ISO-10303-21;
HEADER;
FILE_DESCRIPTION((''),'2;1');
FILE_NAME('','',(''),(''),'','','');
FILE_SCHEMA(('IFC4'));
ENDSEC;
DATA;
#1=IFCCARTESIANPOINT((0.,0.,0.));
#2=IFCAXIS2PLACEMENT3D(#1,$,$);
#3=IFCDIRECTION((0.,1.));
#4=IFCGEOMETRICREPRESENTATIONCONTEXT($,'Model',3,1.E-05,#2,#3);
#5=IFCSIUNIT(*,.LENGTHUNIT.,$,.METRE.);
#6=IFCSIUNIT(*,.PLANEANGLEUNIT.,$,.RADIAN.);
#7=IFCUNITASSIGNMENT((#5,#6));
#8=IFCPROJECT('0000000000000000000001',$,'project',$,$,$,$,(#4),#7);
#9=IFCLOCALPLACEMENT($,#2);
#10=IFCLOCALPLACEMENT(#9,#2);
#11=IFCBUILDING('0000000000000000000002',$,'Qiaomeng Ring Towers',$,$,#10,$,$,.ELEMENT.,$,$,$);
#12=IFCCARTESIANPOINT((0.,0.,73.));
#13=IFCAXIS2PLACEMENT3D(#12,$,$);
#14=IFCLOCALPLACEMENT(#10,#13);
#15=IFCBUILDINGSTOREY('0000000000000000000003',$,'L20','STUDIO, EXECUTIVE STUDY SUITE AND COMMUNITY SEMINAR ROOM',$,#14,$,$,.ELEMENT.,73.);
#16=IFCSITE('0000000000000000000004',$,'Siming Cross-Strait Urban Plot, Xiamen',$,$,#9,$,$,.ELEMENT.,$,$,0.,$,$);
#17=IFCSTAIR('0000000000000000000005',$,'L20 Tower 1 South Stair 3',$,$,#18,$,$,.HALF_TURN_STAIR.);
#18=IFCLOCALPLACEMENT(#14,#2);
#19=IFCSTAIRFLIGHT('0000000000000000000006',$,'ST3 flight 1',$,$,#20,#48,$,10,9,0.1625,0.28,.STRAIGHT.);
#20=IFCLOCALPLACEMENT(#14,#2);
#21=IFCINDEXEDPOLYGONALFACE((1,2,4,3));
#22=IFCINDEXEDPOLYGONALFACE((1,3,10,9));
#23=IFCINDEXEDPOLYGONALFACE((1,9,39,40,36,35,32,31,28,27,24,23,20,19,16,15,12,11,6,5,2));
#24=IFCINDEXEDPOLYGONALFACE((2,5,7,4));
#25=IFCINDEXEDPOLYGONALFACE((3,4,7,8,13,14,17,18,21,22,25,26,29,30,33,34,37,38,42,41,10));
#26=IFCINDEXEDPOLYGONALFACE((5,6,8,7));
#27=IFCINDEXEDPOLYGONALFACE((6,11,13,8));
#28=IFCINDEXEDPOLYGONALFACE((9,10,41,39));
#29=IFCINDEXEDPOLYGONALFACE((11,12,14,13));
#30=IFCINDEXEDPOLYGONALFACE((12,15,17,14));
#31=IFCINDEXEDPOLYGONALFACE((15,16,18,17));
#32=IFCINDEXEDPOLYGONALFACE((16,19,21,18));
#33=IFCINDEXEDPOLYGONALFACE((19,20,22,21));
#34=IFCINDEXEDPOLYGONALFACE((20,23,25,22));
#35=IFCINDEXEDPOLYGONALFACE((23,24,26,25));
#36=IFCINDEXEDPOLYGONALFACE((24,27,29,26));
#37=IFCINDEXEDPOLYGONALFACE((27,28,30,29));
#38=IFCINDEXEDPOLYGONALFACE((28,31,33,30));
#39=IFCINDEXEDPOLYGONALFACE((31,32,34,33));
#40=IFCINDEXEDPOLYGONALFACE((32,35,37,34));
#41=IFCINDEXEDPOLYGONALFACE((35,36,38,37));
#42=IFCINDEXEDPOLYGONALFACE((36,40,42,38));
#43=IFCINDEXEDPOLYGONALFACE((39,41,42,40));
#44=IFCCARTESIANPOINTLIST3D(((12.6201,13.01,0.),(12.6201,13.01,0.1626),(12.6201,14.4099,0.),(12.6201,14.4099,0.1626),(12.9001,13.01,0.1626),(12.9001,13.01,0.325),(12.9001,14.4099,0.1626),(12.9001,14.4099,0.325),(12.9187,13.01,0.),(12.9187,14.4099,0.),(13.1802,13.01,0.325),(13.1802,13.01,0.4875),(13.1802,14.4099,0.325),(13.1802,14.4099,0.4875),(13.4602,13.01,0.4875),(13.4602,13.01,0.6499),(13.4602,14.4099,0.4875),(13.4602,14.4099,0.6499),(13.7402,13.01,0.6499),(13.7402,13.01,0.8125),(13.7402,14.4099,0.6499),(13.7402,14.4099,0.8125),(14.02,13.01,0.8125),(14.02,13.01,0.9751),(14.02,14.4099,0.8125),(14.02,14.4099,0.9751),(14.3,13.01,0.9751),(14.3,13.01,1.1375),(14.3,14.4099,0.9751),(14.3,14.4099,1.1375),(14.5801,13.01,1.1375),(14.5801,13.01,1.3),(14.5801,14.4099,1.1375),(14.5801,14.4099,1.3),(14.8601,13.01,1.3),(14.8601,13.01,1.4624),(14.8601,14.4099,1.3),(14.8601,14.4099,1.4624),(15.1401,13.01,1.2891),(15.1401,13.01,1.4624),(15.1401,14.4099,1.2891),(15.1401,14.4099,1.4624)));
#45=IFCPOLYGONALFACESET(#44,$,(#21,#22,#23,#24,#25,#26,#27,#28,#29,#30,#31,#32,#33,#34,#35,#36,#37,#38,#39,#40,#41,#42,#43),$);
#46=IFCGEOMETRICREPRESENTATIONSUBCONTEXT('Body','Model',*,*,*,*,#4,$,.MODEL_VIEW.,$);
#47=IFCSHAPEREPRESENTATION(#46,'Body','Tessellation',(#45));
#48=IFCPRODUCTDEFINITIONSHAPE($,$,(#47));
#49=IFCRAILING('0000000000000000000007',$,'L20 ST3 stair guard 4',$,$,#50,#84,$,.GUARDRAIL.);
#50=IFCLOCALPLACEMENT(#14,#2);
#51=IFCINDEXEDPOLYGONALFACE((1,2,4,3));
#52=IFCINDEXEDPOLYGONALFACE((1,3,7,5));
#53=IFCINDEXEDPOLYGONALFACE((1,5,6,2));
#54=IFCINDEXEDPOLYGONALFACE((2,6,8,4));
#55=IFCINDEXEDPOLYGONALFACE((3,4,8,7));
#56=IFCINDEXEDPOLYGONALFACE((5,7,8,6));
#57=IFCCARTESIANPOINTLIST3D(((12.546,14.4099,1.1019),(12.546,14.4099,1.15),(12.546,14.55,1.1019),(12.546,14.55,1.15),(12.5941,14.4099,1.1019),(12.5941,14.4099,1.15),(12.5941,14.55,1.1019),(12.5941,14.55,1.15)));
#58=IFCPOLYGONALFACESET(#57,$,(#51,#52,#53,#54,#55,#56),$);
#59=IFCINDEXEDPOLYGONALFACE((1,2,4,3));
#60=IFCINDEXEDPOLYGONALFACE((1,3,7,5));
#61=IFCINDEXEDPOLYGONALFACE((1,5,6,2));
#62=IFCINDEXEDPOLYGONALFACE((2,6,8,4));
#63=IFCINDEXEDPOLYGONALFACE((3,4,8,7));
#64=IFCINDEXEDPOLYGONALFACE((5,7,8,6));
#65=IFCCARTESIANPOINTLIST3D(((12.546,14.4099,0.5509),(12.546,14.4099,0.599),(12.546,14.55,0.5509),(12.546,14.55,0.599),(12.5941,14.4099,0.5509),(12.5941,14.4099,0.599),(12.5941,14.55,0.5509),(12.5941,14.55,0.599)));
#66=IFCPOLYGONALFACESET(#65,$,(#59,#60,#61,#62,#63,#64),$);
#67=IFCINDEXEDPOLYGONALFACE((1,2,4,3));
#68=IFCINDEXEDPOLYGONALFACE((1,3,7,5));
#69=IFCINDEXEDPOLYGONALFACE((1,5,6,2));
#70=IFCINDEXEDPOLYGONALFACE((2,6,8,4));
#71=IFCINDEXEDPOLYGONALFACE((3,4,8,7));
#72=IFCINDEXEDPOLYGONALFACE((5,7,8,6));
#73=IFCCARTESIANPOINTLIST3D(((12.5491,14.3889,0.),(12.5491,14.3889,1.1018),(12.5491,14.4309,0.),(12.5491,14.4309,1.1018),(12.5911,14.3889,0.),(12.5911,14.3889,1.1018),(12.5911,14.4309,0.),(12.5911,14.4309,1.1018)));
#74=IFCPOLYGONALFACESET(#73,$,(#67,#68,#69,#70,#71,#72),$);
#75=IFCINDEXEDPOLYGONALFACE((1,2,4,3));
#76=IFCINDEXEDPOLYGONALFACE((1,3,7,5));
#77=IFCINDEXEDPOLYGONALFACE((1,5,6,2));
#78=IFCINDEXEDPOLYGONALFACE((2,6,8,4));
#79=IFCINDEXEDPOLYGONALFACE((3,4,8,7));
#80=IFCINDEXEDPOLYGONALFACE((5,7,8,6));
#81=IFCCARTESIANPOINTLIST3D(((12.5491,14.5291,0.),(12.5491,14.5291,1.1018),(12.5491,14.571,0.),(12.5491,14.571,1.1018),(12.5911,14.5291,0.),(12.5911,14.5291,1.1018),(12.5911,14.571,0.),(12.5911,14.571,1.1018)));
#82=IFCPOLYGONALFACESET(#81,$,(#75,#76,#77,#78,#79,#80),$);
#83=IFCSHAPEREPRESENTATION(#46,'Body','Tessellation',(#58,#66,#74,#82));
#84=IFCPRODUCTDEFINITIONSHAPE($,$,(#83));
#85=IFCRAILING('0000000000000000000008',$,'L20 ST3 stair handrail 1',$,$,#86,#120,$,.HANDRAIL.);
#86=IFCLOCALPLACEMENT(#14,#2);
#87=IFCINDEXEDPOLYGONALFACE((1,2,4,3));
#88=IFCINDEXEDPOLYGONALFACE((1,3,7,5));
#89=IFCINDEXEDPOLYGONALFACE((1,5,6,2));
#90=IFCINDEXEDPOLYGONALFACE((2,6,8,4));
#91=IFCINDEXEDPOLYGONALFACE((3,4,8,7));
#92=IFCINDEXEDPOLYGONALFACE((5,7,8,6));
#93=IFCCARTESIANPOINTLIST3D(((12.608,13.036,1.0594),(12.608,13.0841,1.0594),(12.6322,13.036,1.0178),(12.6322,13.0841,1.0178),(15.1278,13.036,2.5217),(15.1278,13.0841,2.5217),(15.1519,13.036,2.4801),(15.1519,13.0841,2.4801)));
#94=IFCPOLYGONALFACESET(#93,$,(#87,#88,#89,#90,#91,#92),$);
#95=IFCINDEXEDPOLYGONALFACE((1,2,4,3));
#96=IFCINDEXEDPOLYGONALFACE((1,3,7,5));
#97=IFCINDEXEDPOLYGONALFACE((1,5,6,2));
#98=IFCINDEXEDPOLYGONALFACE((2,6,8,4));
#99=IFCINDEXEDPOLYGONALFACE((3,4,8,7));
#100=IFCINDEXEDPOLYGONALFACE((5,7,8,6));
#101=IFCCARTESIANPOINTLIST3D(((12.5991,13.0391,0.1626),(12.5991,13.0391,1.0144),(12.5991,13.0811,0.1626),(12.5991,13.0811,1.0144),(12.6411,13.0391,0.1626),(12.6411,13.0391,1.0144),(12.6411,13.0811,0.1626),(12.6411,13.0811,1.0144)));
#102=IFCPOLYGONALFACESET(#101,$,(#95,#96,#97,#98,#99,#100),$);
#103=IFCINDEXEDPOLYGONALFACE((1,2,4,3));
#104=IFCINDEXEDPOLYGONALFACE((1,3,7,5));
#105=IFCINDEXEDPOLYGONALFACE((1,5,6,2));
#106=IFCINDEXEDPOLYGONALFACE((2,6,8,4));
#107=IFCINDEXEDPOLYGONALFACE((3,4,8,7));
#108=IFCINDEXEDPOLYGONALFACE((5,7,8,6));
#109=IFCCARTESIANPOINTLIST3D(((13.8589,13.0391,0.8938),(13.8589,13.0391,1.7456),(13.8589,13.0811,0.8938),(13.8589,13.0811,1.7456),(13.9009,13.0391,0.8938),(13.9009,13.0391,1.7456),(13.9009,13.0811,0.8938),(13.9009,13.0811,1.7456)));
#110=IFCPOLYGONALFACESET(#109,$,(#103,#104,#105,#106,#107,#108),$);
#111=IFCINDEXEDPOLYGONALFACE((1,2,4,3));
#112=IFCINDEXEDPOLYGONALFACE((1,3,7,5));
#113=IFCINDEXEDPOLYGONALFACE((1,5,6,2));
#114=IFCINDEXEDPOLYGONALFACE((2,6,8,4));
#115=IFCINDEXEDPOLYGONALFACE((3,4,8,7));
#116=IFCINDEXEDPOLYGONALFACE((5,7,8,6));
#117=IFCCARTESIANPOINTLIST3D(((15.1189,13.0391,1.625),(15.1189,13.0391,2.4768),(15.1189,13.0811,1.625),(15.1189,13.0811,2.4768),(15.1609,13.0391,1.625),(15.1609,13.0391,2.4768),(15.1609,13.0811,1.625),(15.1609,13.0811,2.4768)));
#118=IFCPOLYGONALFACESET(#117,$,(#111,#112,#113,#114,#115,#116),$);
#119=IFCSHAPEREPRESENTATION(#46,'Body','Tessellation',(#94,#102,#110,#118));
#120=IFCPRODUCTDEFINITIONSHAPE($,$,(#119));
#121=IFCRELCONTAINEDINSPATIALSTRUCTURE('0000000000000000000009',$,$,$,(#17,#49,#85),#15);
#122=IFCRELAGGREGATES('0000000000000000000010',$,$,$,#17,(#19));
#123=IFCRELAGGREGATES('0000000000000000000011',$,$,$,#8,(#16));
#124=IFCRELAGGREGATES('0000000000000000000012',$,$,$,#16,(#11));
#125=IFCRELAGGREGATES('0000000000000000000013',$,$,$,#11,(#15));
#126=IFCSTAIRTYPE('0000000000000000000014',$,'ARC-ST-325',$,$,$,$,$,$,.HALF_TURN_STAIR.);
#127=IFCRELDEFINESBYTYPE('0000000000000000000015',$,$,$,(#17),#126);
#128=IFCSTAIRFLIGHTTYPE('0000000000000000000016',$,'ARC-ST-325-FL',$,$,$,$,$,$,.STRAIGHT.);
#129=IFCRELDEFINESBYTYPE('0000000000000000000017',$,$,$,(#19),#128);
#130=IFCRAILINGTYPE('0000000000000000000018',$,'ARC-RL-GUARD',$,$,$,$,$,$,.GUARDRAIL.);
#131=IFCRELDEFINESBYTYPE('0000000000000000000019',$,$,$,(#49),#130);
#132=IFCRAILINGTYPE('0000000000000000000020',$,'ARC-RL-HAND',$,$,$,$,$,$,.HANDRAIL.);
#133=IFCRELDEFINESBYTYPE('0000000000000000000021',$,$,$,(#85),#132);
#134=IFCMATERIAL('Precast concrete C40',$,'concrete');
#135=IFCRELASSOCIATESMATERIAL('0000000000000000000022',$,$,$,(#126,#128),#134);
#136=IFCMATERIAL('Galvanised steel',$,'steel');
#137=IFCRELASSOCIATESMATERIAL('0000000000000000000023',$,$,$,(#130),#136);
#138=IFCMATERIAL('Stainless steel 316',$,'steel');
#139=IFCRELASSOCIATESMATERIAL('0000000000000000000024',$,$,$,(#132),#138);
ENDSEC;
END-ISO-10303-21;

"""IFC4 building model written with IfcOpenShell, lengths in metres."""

from ifc_helpers import new_model, si_unit, direction, frame, origin, origin_2d, place, context, subcontext, project, spatial, polyline, rectangle, outline, extrude, source, transform, mapped, material, type_object, element, aggregate, save


model = new_model("IFC4")

# Units and contexts
model_context = context("Model", 3, precision=1e-05, world=origin(), true_north=direction((0.0, 1.0)))
body_context = subcontext(model_context, "Body", "Model", "MODEL_VIEW")
ifc_project = project(units=[si_unit("LENGTHUNIT", "METRE"), si_unit("PLANEANGLEUNIT", "RADIAN")], contexts=[model_context])

# Site, building, storey
site_placement = place(None, origin())
site = spatial("IfcSite", under=ifc_project, at=site_placement, Name="Siming Cross-Strait Urban Plot, Xiamen", CompositionType="ELEMENT", RefElevation=0.0)
building_placement = place(site_placement, origin())
building = spatial("IfcBuilding", under=site, at=building_placement, Name="Qiaomeng Ring Towers", CompositionType="ELEMENT")
storey_placement = place(building_placement, frame((0.0, 0.0, 73.0)))
storey = spatial("IfcBuildingStorey", under=building, at=storey_placement, Name="L20", Description="STUDIO, EXECUTIVE STUDY SUITE AND COMMUNITY SEMINAR ROOM", CompositionType="ELEMENT", Elevation=73.0)

# Shared definitions
ifc_material_1 = material(Name="Galvanised steel", Category="steel")

# Shared definitions
ifc_material_2 = material(Name="Stainless steel 316", Category="steel")

# Stair, stair flight
ifc_material_3 = material(Name="Precast concrete C40", Category="concrete")
stair_type = type_object("IfcStairType", Name="ARC-ST-325", PredefinedType="HALF_TURN_STAIR", material=ifc_material_3)
stair_placement = place(storey_placement, origin())
stair = element("IfcStair", 1, at=stair_placement, inside=storey, type_object=stair_type, Name="L20 Tower 1 South Stair 3", PredefinedType="HALF_TURN_STAIR")
stair_flight_type = type_object("IfcStairFlightType", Name="ARC-ST-325-FL", PredefinedType="STRAIGHT", material=ifc_material_3)
shared_shape_1 = source(origin(), body_context, "Body", "SweptSolid", [
    extrude(outline(polyline([(0.0, 0.0), (0.0, 0.1626), (0.28, 0.1626), (0.28, 0.325), (0.5601, 0.325), (0.5601, 0.4875), (0.8401, 0.4875), (0.8401, 0.6499), (1.1201, 0.6499), (1.1201, 0.8125), (1.3999, 0.8125), (1.3999, 0.9751), (1.6799, 0.9751), (1.6799, 1.1375), (1.96, 1.1375), (1.96, 1.3), (2.24, 1.3), (2.24, 1.4624), (2.52, 1.4624), (2.52, 1.625), (2.52, 1.2891), (0.2986, 0.0), (0.0, 0.0)])), frame((0.0, 0.7, 0.0), z_axis=(0.0, -1.0, 0.0), x_axis=(1.0, 0.0, 0.0)), (0.0, 0.0, 1.0), 1.3999),
])
stair_flight_placement = place(storey_placement, frame((12.6201, 13.71, 0.0), z_axis=(0.0, 0.0, 1.0), x_axis=(1.0, 0.0, 0.0)))
stair_flight = element("IfcStairFlight", 2, at=stair_flight_placement, type_object=stair_flight_type, Name="ST3 flight 1", NumberOfRisers=10, NumberOfTreads=9, PredefinedType="STRAIGHT", RiserHeight=0.1625, TreadLength=0.28, context=body_context, shape_type="MappedRepresentation", body=[
    mapped(shared_shape_1, transform((0.0, 0.0, 0.0), x_axis=(1.0, 0.0, 0.0), y_axis=(0.0, 1.0, 0.0), z_axis=(0.0, 0.0, 1.0), scale=1.0)),
])
aggregate(stair, [stair_flight])

# Railings
railing_type_1 = type_object("IfcRailingType", Name="ARC-RL-GUARD", PredefinedType="GUARDRAIL", material=ifc_material_1)
railing_1_placement = place(storey_placement, frame((12.5701, 14.4099, 0.0)))
element("IfcRailing", 3, at=railing_1_placement, inside=storey, type_object=railing_type_1, Name="L20 ST3 stair guard 4", PredefinedType="GUARDRAIL", context=body_context, shape_type="SweptSolid", body=[
    extrude(rectangle(XDim=0.0481, YDim=0.0481, at=origin_2d()), frame((0.0, 0.0, 1.126), z_axis=(0.0, 1.0, 0.0), x_axis=(-1.0, 0.0, 0.0)), (0.0, 0.0, 1.0), 0.1401),
    extrude(rectangle(XDim=0.0481, YDim=0.0481, at=origin_2d()), frame((0.0, 0.0, 0.575), z_axis=(0.0, 1.0, 0.0), x_axis=(-1.0, 0.0, 0.0)), (0.0, 0.0, 1.0), 0.1401),
    extrude(rectangle(XDim=0.042, YDim=0.042, at=origin_2d()), origin(), (0.0, 0.0, 1.0), 1.1018),
    extrude(rectangle(XDim=0.042, YDim=0.042, at=origin_2d()), frame((0.0, 0.1401, 0.0)), (0.0, 0.0, 1.0), 1.1018),
])
railing_type_2 = type_object("IfcRailingType", Name="ARC-RL-HAND", PredefinedType="HANDRAIL", material=ifc_material_2)
railing_2_placement = place(storey_placement, frame((12.6201, 13.0601, 0.1626)))
element("IfcRailing", 4, at=railing_2_placement, inside=storey, type_object=railing_type_2, Name="L20 ST3 stair handrail 1", PredefinedType="HANDRAIL", context=body_context, shape_type="SweptSolid", body=[
    extrude(rectangle(XDim=0.0481, YDim=0.0481, at=origin_2d()), frame((0.0, 0.0, 0.876), z_axis=(0.864892, 0.0, 0.501958), x_axis=(0.0, 1.0, 0.0)), (0.0, 0.0, 1.0), 2.9133),
    extrude(rectangle(XDim=0.042, YDim=0.042, at=origin_2d()), origin(), (0.0, 0.0, 1.0), 0.8518),
    extrude(rectangle(XDim=0.042, YDim=0.042, at=origin_2d()), frame((1.2598, 0.0, 0.7312)), (0.0, 0.0, 1.0), 0.8518),
    extrude(rectangle(XDim=0.042, YDim=0.042, at=origin_2d()), frame((2.5198, 0.0, 1.4624)), (0.0, 0.0, 1.0), 0.8518),
])

save(model, "model.ifc")
